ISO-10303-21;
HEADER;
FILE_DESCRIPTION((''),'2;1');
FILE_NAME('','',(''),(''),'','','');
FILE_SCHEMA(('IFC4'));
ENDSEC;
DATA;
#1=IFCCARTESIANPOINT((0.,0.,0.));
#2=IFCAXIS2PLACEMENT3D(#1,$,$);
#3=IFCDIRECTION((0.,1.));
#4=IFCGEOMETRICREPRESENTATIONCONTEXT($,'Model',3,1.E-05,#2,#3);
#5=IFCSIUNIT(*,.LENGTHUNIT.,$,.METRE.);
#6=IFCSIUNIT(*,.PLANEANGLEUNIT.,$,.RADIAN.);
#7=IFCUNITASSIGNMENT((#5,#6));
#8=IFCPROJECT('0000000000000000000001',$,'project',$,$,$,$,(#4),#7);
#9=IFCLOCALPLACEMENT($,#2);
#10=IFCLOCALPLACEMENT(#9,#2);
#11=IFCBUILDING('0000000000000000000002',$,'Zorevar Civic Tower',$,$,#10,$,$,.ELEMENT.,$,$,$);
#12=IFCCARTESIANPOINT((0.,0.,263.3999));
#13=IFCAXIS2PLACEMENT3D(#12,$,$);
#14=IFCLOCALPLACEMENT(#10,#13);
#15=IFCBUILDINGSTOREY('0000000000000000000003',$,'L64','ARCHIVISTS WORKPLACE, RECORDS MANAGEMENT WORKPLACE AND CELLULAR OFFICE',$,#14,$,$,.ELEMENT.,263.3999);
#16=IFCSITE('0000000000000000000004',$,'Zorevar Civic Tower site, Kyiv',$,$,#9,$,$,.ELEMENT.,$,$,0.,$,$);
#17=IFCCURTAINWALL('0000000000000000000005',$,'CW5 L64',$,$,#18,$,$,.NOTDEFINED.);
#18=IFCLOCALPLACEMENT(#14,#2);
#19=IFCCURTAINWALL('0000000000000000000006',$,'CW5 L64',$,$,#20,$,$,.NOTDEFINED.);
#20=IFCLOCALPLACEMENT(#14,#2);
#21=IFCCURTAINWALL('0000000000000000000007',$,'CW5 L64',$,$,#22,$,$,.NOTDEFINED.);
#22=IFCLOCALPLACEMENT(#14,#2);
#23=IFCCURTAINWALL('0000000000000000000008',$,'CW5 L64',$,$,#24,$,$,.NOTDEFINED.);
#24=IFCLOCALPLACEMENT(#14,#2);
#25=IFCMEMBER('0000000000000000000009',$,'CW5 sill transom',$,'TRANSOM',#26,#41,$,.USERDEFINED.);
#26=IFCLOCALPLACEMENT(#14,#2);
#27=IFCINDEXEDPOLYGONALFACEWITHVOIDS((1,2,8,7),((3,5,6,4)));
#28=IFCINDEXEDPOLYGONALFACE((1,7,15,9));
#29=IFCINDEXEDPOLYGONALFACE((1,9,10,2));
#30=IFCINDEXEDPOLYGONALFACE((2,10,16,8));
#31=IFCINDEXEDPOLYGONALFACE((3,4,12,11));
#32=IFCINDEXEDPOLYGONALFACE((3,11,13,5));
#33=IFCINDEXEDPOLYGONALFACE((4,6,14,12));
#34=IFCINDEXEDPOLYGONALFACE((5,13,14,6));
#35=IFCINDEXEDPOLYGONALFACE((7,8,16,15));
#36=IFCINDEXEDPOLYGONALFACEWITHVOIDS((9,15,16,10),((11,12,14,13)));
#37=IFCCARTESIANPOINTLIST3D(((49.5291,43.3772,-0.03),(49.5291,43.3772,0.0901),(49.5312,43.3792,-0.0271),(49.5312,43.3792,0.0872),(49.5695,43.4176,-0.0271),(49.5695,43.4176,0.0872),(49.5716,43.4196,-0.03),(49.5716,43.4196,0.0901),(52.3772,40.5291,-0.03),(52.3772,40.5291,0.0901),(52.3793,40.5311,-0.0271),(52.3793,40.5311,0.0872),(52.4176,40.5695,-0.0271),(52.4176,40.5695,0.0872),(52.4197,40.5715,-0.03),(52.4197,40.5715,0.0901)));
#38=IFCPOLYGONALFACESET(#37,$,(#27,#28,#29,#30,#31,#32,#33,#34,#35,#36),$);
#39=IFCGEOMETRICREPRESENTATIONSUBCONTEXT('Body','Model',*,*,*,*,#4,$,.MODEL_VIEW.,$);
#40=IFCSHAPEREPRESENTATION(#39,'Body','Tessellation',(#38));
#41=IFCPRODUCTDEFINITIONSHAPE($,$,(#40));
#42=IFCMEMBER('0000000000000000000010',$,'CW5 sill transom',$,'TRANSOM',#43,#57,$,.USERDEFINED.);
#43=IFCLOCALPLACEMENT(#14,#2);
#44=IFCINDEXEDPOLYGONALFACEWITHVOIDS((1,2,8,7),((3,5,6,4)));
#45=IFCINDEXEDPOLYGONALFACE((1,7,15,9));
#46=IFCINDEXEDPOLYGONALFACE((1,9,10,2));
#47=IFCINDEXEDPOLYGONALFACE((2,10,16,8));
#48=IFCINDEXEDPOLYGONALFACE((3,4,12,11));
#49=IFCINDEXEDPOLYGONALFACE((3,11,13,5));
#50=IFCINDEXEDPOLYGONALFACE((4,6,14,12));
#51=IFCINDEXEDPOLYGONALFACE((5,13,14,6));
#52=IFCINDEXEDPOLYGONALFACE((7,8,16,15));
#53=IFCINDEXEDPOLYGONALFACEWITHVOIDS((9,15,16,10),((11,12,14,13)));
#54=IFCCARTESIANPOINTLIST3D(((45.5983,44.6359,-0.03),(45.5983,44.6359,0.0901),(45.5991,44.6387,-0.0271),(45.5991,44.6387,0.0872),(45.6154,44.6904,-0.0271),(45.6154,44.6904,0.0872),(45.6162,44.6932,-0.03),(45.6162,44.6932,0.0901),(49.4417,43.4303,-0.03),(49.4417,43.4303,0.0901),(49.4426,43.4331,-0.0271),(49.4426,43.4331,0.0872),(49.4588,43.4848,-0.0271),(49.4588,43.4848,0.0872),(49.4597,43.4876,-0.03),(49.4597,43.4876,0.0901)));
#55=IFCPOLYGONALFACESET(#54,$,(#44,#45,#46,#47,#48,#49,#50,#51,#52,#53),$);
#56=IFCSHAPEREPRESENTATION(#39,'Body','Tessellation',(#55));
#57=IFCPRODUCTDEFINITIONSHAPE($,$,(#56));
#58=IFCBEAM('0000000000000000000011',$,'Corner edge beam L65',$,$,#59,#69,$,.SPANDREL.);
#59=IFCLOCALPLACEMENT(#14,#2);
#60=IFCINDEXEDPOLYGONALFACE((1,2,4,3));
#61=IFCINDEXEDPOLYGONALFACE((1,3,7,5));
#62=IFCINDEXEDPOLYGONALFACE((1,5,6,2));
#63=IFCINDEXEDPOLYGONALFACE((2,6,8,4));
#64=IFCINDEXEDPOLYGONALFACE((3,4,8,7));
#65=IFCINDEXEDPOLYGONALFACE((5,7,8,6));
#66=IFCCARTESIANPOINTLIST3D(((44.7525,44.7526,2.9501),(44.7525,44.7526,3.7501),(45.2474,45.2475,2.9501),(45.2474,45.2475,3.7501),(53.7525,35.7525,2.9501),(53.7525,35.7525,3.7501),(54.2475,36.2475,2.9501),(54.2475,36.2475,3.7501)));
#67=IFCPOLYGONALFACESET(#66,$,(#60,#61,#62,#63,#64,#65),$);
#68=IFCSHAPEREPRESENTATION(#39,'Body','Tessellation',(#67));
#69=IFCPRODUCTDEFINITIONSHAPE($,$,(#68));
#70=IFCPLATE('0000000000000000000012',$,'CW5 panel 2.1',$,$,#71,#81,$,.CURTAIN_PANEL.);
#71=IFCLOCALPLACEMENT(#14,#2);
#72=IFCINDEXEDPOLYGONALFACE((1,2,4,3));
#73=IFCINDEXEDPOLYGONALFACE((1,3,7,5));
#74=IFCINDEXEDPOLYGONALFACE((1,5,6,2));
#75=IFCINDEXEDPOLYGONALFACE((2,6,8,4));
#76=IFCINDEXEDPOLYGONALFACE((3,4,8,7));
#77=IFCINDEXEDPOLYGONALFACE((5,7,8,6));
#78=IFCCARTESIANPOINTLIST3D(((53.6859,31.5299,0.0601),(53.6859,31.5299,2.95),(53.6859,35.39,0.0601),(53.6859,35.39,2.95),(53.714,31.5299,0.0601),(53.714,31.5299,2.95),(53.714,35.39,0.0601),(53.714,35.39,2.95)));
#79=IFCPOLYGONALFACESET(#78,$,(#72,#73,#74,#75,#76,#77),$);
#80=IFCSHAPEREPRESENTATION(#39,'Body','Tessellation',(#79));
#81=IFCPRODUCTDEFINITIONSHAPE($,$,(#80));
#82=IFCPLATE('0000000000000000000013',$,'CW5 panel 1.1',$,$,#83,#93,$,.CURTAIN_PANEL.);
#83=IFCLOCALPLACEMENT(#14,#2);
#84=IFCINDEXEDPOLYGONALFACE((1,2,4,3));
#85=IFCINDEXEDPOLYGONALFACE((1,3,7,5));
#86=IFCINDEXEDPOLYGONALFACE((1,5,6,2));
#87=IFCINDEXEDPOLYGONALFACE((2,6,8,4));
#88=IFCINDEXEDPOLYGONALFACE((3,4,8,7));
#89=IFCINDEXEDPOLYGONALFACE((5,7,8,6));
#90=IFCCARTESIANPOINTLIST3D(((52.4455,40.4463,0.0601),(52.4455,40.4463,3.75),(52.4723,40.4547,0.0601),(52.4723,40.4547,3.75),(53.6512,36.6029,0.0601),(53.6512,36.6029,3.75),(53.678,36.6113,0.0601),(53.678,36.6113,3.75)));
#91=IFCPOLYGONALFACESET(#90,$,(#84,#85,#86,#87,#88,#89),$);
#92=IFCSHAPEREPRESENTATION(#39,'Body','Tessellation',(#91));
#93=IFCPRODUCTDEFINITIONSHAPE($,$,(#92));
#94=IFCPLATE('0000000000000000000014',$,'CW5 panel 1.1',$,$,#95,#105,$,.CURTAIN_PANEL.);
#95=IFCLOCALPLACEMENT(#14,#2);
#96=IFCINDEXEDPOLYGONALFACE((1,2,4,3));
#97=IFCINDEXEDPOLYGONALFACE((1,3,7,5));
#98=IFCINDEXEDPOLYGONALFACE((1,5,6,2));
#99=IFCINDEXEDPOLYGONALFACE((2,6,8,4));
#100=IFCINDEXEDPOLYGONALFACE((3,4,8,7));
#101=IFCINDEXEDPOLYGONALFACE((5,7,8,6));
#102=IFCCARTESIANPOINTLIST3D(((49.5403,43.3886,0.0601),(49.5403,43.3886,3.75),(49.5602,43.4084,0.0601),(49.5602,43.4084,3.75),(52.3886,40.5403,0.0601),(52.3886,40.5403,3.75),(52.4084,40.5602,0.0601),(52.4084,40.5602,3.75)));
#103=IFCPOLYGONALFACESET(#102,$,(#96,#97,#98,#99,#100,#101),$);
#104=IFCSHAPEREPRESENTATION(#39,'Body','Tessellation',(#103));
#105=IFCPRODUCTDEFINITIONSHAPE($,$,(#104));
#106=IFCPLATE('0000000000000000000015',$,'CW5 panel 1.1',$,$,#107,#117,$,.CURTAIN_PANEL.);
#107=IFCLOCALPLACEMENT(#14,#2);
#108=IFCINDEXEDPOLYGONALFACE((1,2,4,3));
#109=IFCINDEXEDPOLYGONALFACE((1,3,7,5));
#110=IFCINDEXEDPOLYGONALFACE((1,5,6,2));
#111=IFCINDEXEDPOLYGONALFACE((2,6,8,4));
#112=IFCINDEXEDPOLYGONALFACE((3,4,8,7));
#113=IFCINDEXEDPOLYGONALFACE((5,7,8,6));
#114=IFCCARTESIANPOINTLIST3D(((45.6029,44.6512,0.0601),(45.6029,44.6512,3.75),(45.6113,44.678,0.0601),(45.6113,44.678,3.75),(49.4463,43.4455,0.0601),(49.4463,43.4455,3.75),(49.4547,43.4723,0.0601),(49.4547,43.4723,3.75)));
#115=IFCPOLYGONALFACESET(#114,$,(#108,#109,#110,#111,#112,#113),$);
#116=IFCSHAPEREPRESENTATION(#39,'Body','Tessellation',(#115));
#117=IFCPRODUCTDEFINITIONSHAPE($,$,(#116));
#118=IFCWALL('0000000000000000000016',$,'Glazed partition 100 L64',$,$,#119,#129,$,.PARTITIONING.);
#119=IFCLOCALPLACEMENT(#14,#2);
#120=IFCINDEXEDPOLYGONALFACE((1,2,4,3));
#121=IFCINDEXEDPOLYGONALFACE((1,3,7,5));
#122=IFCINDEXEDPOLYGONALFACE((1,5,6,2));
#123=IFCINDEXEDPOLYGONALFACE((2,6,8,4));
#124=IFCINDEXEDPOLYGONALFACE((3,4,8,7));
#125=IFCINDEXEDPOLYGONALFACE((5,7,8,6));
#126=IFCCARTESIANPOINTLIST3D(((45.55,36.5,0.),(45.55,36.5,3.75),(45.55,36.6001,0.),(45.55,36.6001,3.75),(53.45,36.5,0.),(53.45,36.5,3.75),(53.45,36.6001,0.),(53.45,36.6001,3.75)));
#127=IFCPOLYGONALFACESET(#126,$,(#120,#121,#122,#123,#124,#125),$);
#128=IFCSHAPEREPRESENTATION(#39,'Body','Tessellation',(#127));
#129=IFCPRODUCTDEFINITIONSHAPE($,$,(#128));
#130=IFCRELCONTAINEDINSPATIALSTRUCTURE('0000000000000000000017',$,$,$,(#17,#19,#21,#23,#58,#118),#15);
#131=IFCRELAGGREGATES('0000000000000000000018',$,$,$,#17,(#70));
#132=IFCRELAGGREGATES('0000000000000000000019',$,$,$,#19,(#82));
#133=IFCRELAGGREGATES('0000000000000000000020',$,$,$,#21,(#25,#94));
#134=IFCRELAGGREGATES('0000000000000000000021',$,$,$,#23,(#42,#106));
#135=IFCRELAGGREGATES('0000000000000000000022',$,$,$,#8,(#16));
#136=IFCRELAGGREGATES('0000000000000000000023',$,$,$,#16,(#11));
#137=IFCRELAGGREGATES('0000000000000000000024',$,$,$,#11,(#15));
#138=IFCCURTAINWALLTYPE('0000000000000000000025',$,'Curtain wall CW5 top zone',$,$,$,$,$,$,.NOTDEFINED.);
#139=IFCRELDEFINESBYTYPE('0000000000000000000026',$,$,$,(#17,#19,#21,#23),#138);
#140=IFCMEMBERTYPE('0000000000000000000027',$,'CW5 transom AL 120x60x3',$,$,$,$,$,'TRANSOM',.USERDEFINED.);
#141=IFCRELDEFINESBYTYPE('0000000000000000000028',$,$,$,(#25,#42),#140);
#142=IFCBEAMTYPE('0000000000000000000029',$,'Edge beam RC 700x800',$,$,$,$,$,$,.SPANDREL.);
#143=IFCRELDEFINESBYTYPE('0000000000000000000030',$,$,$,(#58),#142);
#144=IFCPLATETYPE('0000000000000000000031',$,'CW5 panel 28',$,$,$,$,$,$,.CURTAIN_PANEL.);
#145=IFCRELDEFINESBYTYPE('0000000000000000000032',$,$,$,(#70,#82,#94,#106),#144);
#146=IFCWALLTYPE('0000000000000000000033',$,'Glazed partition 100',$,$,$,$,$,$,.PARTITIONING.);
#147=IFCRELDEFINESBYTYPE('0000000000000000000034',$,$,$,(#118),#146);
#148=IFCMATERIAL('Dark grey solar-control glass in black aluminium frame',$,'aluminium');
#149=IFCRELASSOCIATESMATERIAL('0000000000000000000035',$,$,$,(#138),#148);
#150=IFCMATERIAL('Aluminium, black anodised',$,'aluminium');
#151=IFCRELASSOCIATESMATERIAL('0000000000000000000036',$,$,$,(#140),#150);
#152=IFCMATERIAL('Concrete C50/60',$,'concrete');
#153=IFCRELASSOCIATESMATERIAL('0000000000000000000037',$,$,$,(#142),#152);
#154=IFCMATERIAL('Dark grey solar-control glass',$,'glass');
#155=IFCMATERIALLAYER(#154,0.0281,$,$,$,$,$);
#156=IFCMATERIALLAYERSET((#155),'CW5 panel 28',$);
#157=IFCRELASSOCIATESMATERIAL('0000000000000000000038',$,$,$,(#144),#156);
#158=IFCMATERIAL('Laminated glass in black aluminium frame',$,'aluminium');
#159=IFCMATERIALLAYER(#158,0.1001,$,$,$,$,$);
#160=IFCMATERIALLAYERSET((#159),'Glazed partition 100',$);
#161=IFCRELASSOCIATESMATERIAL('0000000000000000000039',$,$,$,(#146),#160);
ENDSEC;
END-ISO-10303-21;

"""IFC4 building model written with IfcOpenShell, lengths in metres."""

from ifc_helpers import new_model, si_unit, direction, frame, frame_2d, origin, origin_2d, place, context, subcontext, project, spatial, rectangle, hollow_rectangle, extrude, material, layer, layer_set, material_profile, profile_set, type_object, element, aggregate, save


model = new_model("IFC4")

# Units and contexts
model_context = context("Model", 3, precision=1e-05, world=origin(), true_north=direction((0.0, 1.0)))
body_context = subcontext(model_context, "Body", "Model", "MODEL_VIEW")
ifc_project = project(units=[si_unit("LENGTHUNIT", "METRE"), si_unit("PLANEANGLEUNIT", "RADIAN")], contexts=[model_context])

# Site, building, storey
site_placement = place(None, origin())
site = spatial("IfcSite", under=ifc_project, at=site_placement, Name="Zorevar Civic Tower site, Kyiv", CompositionType="ELEMENT", RefElevation=0.0)
building_placement = place(site_placement, origin())
building = spatial("IfcBuilding", under=site, at=building_placement, Name="Zorevar Civic Tower", CompositionType="ELEMENT")
storey_placement = place(building_placement, frame((0.0, 0.0, 263.3999)))
storey = spatial("IfcBuildingStorey", under=building, at=storey_placement, Name="L64", Description="ARCHIVISTS WORKPLACE, RECORDS MANAGEMENT WORKPLACE AND CELLULAR OFFICE", CompositionType="ELEMENT", Elevation=263.3999)

# Curtain wall
ifc_material_1 = material(Name="Dark grey solar-control glass in black aluminium frame", Category="aluminium")
curtain_wall_type = type_object("IfcCurtainWallType", Name="Curtain wall CW5 top zone", PredefinedType="NOTDEFINED", material=ifc_material_1)
curtain_wall_1_placement = place(storey_placement, origin())
curtain_wall_1 = element("IfcCurtainWall", 1, at=curtain_wall_1_placement, inside=storey, type_object=curtain_wall_type, Name="CW5 L64", PredefinedType="NOTDEFINED")

# Curtain walls
curtain_wall_2_placement = place(storey_placement, origin())
curtain_wall_2 = element("IfcCurtainWall", 2, at=curtain_wall_2_placement, inside=storey, type_object=curtain_wall_type, Name="CW5 L64", PredefinedType="NOTDEFINED")
curtain_wall_3_placement = place(storey_placement, origin())
curtain_wall_3 = element("IfcCurtainWall", 3, at=curtain_wall_3_placement, inside=storey, type_object=curtain_wall_type, Name="CW5 L64", PredefinedType="NOTDEFINED")
curtain_wall_4_placement = place(storey_placement, origin())
curtain_wall_4 = element("IfcCurtainWall", 4, at=curtain_wall_4_placement, inside=storey, type_object=curtain_wall_type, Name="CW5 L64", PredefinedType="NOTDEFINED")

# Members
ifc_material_2 = material(Name="Aluminium, black anodised", Category="aluminium")
ifc_material_profile_1 = material_profile(ifc_material_2, hollow_rectangle(XDim=0.0601, YDim=0.1201, WallThickness=0.0029, at=origin_2d()), Name="AL 120x60x3")
ifc_profile_set_1 = profile_set([ifc_material_profile_1], Name="Aluminium, black anodised")
member_type_1 = type_object("IfcMemberType", Name="CW5 transom AL 120x60x3", ElementType="TRANSOM", PredefinedType="USERDEFINED", material=ifc_profile_set_1)
member_1_placement = place(storey_placement, frame((52.3984, 40.5503, 0.03), z_axis=(-0.707107, 0.707107, 0.0), x_axis=(-0.707107, -0.707107, 0.0)))
member_1 = element("IfcMember", 5, at=member_1_placement, type_object=member_type_1, Name="CW5 sill transom", ObjectType="TRANSOM", PredefinedType="USERDEFINED", context=body_context, shape_type="SweptSolid", body=[
    extrude(hollow_rectangle(XDim=0.0601, YDim=0.1201, WallThickness=0.0029, at=origin_2d()), origin(), (0.0, 0.0, 1.0), 4.0278),
])
member_2_placement = place(storey_placement, frame((49.4507, 43.459, 0.03), z_axis=(-0.954163, 0.299286, 0.0), x_axis=(-0.299286, -0.954163, 0.0)))
member_2 = element("IfcMember", 6, at=member_2_placement, type_object=member_type_1, Name="CW5 sill transom", ObjectType="TRANSOM", PredefinedType="USERDEFINED", context=body_context, shape_type="SweptSolid", body=[
    extrude(hollow_rectangle(XDim=0.0601, YDim=0.1201, WallThickness=0.0029, at=origin_2d()), origin(), (0.0, 0.0, 1.0), 4.0281),
])

# Beam
ifc_material_3 = material(Name="Concrete C50/60", Category="concrete")
ifc_material_profile_2 = material_profile(ifc_material_3, rectangle(XDim=0.7, YDim=0.8, at=origin_2d()), Name="RC 700x800")
ifc_profile_set_2 = profile_set([ifc_material_profile_2], Name="Concrete C50/60")
beam_type_1 = type_object("IfcBeamType", Name="Edge beam RC 700x800", PredefinedType="SPANDREL", material=ifc_profile_set_2)
beam_1_placement = place(storey_placement, frame((54.0, 36.0, 3.3501), z_axis=(-0.707107, 0.707107, 0.0), x_axis=(-0.707107, -0.707107, 0.0)))
element("IfcBeam", 7, at=beam_1_placement, inside=storey, type_object=beam_type_1, Name="Corner edge beam L65", PredefinedType="SPANDREL", context=body_context, shape_type="SweptSolid", body=[
    extrude(rectangle(XDim=0.7, YDim=0.8, at=origin_2d()), origin(), (0.0, 0.0, 1.0), 12.728),
])

# Plates
ifc_material_4 = material(Name="Dark grey solar-control glass", Category="glass")
ifc_layer_1 = layer(ifc_material_4, 0.0281)
ifc_layer_set_1 = layer_set([ifc_layer_1], Name="CW5 panel 28")
plate_type = type_object("IfcPlateType", Name="CW5 panel 28", PredefinedType="CURTAIN_PANEL", material=ifc_layer_set_1)
plate_1_placement = place(storey_placement, frame((53.7, 33.46, 0.0601), z_axis=(0.0, 0.0, 1.0), x_axis=(0.0, 1.0, 0.0)))
plate_1 = element("IfcPlate", 8, at=plate_1_placement, type_object=plate_type, Name="CW5 panel 2.1", PredefinedType="CURTAIN_PANEL", context=body_context, shape_type="SweptSolid", body=[
    extrude(rectangle(XDim=3.8601, YDim=0.0281, at=origin_2d()), origin(), (0.0, 0.0, 1.0), 2.8899),
])
aggregate(curtain_wall_1, [plate_1])
plate_2_placement = place(storey_placement, frame((53.0618, 38.5288, 0.0601), z_axis=(0.0, 0.0, 1.0), x_axis=(-0.299318, 0.954153, 0.0)))
plate_2 = element("IfcPlate", 9, at=plate_2_placement, type_object=plate_type, Name="CW5 panel 1.1", PredefinedType="CURTAIN_PANEL", context=body_context, shape_type="SweptSolid", body=[
    extrude(rectangle(XDim=4.0281, YDim=0.0281, at=origin_2d()), origin(), (0.0, 0.0, 1.0), 3.6899),
])
aggregate(curtain_wall_2, [plate_2])
plate_3_placement = place(storey_placement, frame((50.9744, 41.9744, 0.0601), z_axis=(0.0, 0.0, 1.0), x_axis=(-0.707107, 0.707107, 0.0)))
plate_3 = element("IfcPlate", 10, at=plate_3_placement, type_object=plate_type, Name="CW5 panel 1.1", PredefinedType="CURTAIN_PANEL", context=body_context, shape_type="SweptSolid", body=[
    extrude(rectangle(XDim=4.0281, YDim=0.0281, at=origin_2d()), origin(), (0.0, 0.0, 1.0), 3.6899),
])
aggregate(curtain_wall_3, [member_1, plate_3])
plate_4_placement = place(storey_placement, frame((47.5288, 44.0618, 0.0601), z_axis=(0.0, 0.0, 1.0), x_axis=(-0.954153, 0.299318, 0.0)))
plate_4 = element("IfcPlate", 11, at=plate_4_placement, type_object=plate_type, Name="CW5 panel 1.1", PredefinedType="CURTAIN_PANEL", context=body_context, shape_type="SweptSolid", body=[
    extrude(rectangle(XDim=4.0281, YDim=0.0281, at=origin_2d()), origin(), (0.0, 0.0, 1.0), 3.6899),
])
aggregate(curtain_wall_4, [member_2, plate_4])

# Wall
ifc_material_5 = material(Name="Laminated glass in black aluminium frame", Category="aluminium")
ifc_layer_2 = layer(ifc_material_5, 0.1001)
ifc_layer_set_2 = layer_set([ifc_layer_2], Name="Glazed partition 100")
wall_type_1 = type_object("IfcWallType", Name="Glazed partition 100", PredefinedType="PARTITIONING", material=ifc_layer_set_2)
wall_1_placement = place(storey_placement, frame((45.55, 36.55, 0.0), z_axis=(0.0, 0.0, 1.0), x_axis=(1.0, 0.0, 0.0)))
element("IfcWall", 12, at=wall_1_placement, inside=storey, type_object=wall_type_1, Name="Glazed partition 100 L64", PredefinedType="PARTITIONING", context=body_context, shape_type="SweptSolid", body=[
    extrude(rectangle(XDim=7.8999, YDim=0.1001, at=frame_2d((3.95, 0.0))), origin(), (0.0, 0.0, 1.0), 3.75),
])

save(model, "model.ifc")
